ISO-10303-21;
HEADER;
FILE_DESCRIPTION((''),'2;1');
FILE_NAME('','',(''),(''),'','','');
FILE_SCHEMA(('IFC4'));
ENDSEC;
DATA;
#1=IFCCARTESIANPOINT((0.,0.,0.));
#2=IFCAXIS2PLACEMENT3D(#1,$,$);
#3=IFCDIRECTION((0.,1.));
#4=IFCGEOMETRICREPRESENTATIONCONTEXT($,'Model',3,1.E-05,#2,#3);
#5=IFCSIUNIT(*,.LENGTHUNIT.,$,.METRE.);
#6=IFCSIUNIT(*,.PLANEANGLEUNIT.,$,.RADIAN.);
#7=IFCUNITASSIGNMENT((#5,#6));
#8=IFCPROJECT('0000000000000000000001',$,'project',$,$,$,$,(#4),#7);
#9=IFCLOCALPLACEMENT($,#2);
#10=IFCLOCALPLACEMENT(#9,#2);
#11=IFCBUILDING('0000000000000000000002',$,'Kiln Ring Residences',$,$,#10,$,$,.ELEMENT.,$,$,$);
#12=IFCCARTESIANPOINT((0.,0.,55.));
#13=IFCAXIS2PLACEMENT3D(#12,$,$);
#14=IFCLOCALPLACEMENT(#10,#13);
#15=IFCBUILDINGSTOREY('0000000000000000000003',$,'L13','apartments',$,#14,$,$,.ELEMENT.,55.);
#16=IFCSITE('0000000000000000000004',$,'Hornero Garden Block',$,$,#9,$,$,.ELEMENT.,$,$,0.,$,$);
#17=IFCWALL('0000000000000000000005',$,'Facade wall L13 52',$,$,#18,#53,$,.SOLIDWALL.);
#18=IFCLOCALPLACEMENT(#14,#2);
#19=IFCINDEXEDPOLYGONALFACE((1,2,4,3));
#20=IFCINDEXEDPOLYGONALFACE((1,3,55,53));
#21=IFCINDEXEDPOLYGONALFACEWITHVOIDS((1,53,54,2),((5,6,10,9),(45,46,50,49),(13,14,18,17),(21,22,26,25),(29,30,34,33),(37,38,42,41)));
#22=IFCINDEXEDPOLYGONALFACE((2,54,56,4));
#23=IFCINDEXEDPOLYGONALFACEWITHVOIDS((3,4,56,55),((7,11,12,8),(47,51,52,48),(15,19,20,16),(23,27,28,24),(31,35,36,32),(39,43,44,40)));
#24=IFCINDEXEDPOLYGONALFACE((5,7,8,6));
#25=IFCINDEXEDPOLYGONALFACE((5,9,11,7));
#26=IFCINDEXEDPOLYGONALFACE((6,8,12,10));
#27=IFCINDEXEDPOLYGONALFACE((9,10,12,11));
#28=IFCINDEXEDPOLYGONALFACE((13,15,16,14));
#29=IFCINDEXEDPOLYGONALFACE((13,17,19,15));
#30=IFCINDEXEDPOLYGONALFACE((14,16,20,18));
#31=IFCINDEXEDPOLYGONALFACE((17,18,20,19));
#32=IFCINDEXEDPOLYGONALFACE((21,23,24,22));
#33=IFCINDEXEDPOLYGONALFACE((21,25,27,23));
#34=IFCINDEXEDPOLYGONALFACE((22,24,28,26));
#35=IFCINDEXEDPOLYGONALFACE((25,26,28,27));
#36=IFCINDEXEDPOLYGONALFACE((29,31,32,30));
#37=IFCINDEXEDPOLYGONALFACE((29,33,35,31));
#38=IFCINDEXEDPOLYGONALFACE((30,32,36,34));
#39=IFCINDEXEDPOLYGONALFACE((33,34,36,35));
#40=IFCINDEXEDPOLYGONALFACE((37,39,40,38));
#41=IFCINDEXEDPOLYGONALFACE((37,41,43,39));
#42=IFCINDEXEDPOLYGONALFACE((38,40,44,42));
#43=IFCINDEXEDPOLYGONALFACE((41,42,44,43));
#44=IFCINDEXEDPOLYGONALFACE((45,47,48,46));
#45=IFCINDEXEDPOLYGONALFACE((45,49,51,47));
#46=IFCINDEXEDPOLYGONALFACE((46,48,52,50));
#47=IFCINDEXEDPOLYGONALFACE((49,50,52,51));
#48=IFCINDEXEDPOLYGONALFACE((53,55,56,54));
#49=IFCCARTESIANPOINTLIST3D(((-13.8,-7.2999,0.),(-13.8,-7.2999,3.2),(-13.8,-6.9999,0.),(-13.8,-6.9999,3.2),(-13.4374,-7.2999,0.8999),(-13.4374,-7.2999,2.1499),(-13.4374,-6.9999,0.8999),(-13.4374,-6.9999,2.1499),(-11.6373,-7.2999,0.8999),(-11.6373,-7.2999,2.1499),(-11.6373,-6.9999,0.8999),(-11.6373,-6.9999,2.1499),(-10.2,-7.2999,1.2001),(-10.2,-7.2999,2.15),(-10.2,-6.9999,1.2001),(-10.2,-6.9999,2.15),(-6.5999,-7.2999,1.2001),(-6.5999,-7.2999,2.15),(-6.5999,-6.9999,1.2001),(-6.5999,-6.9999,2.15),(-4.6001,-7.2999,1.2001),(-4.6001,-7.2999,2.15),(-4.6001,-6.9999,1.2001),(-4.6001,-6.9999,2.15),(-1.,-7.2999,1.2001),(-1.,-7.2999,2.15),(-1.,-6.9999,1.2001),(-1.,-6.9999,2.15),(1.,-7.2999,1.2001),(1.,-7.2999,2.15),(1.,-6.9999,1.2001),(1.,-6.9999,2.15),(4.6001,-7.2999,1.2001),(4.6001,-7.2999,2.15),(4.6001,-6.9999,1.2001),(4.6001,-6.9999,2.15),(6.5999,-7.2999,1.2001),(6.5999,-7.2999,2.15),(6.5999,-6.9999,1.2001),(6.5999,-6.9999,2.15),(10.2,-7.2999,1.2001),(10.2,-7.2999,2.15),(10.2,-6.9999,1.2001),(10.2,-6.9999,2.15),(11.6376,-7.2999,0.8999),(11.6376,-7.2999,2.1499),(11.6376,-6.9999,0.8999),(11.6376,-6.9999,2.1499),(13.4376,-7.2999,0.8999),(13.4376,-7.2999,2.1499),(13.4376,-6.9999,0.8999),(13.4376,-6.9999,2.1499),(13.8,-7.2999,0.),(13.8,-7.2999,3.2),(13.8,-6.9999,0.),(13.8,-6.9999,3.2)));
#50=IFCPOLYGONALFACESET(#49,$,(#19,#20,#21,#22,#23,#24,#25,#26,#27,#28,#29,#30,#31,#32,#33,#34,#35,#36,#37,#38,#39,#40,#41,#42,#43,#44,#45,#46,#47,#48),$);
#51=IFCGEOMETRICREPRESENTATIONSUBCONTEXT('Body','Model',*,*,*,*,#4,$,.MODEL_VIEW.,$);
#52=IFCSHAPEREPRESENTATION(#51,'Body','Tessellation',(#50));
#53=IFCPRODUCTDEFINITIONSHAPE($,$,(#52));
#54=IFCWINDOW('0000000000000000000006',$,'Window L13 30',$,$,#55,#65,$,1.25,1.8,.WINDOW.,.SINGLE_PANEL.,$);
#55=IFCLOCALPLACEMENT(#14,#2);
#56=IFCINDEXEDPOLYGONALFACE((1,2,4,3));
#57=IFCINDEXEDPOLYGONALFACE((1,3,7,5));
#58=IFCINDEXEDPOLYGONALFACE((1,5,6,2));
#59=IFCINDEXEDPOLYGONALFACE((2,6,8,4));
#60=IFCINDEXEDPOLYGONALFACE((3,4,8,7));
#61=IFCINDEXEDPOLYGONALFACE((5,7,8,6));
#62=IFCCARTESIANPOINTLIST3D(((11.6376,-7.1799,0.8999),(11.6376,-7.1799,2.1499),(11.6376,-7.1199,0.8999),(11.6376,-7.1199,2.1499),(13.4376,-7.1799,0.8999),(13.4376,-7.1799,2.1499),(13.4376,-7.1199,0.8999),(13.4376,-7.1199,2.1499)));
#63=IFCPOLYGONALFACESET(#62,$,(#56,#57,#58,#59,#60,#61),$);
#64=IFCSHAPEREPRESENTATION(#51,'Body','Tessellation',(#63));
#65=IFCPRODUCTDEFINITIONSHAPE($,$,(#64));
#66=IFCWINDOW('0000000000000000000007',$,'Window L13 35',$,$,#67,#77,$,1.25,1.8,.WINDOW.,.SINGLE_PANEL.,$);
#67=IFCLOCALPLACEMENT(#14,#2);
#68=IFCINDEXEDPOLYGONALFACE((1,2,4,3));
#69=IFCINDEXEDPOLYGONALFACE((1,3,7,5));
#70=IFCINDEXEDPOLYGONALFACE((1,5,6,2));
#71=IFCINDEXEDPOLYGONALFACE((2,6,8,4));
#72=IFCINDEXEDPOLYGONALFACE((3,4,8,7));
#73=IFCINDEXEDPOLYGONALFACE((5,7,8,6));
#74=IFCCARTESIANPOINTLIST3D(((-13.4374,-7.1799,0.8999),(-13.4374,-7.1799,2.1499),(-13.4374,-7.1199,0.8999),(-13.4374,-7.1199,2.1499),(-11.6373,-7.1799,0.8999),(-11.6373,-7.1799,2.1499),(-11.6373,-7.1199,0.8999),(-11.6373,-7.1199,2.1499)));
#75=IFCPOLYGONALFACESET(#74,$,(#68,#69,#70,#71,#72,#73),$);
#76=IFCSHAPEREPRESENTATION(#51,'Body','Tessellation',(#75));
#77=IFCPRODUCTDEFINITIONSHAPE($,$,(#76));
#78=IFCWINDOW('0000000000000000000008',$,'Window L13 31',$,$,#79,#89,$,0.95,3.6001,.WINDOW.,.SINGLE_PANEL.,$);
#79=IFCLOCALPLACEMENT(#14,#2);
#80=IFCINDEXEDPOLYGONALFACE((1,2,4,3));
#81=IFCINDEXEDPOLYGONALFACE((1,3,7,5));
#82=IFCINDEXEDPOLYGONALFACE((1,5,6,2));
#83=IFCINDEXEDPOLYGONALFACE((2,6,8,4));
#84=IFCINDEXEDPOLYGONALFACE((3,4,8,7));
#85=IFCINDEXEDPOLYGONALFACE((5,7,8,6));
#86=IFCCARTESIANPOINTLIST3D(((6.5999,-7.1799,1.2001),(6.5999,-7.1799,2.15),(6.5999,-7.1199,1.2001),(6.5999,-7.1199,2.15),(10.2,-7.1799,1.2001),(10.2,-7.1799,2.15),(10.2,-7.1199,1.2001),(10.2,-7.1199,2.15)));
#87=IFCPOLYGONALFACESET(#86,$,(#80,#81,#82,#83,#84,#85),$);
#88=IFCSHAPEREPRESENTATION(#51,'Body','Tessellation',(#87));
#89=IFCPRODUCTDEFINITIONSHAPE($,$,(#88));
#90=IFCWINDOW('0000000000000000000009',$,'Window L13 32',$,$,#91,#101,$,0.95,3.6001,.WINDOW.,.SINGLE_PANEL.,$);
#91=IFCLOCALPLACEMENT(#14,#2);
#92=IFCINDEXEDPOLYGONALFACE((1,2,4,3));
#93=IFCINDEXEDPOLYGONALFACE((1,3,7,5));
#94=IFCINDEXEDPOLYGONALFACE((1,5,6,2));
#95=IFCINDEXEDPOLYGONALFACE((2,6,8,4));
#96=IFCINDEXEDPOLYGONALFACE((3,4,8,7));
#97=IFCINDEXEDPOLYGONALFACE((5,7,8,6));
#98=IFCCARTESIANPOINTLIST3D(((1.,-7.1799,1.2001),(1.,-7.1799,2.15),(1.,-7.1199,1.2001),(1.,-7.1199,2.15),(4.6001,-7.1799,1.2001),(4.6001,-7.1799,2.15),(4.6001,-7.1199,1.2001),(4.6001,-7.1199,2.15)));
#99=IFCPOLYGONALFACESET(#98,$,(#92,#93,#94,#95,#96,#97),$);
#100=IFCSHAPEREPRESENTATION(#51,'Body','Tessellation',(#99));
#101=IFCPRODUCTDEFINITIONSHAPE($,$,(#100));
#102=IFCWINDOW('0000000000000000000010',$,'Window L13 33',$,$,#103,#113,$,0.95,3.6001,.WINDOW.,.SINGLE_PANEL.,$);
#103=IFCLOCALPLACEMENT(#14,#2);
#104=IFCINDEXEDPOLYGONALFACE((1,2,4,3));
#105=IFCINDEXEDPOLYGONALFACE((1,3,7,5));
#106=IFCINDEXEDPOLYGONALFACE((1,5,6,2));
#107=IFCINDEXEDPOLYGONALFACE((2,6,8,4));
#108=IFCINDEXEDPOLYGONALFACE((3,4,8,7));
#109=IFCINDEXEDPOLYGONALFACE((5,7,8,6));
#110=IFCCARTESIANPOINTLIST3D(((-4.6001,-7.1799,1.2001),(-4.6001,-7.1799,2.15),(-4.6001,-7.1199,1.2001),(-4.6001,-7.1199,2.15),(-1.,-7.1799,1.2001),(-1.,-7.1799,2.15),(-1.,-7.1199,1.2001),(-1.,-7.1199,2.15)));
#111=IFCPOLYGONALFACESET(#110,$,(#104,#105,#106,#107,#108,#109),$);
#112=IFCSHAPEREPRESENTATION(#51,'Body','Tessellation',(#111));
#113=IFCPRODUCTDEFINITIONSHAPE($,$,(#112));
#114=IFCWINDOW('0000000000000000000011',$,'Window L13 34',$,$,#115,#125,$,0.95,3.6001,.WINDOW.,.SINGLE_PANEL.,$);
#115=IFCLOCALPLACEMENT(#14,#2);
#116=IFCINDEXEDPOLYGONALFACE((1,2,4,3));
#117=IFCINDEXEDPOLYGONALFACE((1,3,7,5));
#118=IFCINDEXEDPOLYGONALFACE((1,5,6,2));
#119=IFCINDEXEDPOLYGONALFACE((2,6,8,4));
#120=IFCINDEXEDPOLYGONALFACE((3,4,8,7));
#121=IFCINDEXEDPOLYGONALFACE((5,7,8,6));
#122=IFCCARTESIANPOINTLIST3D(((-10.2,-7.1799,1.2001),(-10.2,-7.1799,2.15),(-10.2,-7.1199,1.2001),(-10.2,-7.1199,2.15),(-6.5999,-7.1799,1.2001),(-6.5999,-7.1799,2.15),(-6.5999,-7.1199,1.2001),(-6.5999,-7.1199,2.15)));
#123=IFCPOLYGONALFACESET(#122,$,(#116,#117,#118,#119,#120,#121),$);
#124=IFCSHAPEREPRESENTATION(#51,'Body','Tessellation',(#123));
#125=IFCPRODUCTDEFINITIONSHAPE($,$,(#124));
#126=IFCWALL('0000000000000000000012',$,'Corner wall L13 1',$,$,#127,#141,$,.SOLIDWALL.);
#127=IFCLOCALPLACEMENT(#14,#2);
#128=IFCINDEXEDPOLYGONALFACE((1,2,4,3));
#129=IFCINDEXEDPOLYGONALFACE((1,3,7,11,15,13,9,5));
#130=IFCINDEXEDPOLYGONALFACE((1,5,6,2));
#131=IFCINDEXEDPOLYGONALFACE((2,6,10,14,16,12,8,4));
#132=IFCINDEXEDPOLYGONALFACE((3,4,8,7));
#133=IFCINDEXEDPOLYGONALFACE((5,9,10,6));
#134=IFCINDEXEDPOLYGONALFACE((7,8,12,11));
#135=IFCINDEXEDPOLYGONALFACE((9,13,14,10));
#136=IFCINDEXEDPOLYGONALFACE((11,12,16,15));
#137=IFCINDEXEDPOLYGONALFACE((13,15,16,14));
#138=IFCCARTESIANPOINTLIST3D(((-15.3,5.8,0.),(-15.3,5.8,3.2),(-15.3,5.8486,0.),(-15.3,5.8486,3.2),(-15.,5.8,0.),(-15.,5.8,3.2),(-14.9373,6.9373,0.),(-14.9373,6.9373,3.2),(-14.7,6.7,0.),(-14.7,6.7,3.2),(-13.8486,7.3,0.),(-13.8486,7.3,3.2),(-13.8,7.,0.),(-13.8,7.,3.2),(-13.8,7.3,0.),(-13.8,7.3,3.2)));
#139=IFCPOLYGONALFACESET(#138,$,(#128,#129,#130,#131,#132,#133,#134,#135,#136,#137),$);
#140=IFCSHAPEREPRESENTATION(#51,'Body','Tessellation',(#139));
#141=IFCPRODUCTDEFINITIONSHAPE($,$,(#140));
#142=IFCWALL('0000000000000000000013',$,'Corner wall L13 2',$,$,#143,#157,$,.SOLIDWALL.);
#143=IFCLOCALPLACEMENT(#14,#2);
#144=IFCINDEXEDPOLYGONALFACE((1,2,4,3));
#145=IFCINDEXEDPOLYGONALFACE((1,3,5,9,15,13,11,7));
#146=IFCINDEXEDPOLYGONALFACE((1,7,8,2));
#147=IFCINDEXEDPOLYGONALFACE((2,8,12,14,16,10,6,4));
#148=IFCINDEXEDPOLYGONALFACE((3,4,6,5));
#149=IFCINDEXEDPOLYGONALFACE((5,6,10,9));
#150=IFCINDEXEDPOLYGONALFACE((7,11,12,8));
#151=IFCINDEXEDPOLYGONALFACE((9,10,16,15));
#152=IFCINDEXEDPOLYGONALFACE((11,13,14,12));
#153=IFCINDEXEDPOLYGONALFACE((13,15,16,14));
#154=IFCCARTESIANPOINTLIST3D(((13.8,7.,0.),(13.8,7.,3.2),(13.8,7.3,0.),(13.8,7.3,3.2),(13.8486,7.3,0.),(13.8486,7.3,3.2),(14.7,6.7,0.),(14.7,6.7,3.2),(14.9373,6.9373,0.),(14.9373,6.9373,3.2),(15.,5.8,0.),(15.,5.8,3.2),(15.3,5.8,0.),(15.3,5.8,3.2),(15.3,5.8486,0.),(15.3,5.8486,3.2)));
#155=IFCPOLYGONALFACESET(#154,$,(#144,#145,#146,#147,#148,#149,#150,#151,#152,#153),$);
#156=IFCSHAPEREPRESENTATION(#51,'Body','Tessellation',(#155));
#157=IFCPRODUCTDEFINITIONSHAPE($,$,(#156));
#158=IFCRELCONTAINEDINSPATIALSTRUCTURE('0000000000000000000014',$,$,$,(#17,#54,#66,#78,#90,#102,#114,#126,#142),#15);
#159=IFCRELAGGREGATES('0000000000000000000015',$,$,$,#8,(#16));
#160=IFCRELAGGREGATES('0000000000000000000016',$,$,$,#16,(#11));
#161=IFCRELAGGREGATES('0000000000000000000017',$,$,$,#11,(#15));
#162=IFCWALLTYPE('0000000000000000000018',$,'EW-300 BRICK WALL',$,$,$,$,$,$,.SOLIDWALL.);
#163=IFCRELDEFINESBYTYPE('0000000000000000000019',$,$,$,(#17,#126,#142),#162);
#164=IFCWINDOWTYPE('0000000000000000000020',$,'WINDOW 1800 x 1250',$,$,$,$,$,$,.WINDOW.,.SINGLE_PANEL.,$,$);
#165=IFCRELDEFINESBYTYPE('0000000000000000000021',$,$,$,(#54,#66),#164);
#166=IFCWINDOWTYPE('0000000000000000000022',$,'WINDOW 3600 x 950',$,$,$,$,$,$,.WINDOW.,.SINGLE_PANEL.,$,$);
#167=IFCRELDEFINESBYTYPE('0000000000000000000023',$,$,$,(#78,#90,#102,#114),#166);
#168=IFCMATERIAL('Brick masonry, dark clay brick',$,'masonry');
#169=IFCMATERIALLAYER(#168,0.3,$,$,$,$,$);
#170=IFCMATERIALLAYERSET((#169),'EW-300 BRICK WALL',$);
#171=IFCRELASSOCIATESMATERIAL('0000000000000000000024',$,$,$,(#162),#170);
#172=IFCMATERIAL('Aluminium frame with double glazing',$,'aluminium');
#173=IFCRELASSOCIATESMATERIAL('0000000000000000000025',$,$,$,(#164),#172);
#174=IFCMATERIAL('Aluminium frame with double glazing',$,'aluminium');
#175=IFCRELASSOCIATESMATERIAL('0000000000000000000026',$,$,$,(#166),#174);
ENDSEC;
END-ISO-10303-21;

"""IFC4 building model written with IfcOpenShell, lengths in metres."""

from ifc_helpers import new_model, si_unit, direction, frame, frame_2d, origin, place, context, subcontext, project, spatial, polyline, rectangle, outline, extrude, material, layer, layer_set, type_object, element, fill, save


model = new_model("IFC4")

# Units and contexts
model_context = context("Model", 3, precision=1e-05, world=origin(), true_north=direction((0.0, 1.0)))
body_context = subcontext(model_context, "Body", "Model", "MODEL_VIEW")
ifc_project = project(units=[si_unit("LENGTHUNIT", "METRE"), si_unit("PLANEANGLEUNIT", "RADIAN")], contexts=[model_context])

# Site, building, storey
site_placement = place(None, origin())
site = spatial("IfcSite", under=ifc_project, at=site_placement, Name="Hornero Garden Block", CompositionType="ELEMENT", RefElevation=0.0)
building_placement = place(site_placement, origin())
building = spatial("IfcBuilding", under=site, at=building_placement, Name="Kiln Ring Residences", CompositionType="ELEMENT")
storey_placement = place(building_placement, frame((0.0, 0.0, 55.0)))
storey = spatial("IfcBuildingStorey", under=building, at=storey_placement, Name="L13", Description="apartments", CompositionType="ELEMENT", Elevation=55.0)

# Wall, openings, windows
ifc_material_1 = material(Name="Brick masonry, dark clay brick", Category="masonry")
ifc_layer_1 = layer(ifc_material_1, 0.3)
ifc_layer_set_1 = layer_set([ifc_layer_1], Name="EW-300 BRICK WALL")
wall_type_1 = type_object("IfcWallType", Name="EW-300 BRICK WALL", PredefinedType="SOLIDWALL", material=ifc_layer_set_1)
wall_1_placement = place(storey_placement, frame((13.8, -7.1499, 0.0), z_axis=(0.0, 0.0, 1.0), x_axis=(-1.0, 0.0, 0.0)))
wall_1 = element("IfcWall", 1, at=wall_1_placement, inside=storey, type_object=wall_type_1, Name="Facade wall L13 52", PredefinedType="SOLIDWALL", context=body_context, shape_type="SweptSolid", body=[
    extrude(rectangle(XDim=27.6001, YDim=0.3, at=frame_2d((13.8, 0.0))), origin(), (0.0, 0.0, 1.0), 3.2),
])
opening_1_placement = place(wall_1_placement, frame((0.3625, 0.0, 0.8999)))
opening_1 = element("IfcOpeningElement", 2, at=opening_1_placement, cuts=wall_1, PredefinedType="OPENING", context=body_context, shape_type="SweptSolid", body=[
    extrude(rectangle(XDim=1.8, YDim=1.25, at=frame_2d((0.8999, 0.625))), frame((0.0, 0.1599, 0.0), z_axis=(0.0, -1.0, 0.0), x_axis=(1.0, 0.0, 0.0)), (0.0, 0.0, 1.0), 0.3201),
])
opening_2_placement = place(wall_1_placement, frame((3.6001, 0.0, 1.2)))
opening_2 = element("IfcOpeningElement", 3, at=opening_2_placement, cuts=wall_1, PredefinedType="OPENING", context=body_context, shape_type="SweptSolid", body=[
    extrude(rectangle(XDim=3.6001, YDim=0.95, at=frame_2d((1.8, 0.4751))), frame((0.0, 0.1599, 0.0), z_axis=(0.0, -1.0, 0.0), x_axis=(1.0, 0.0, 0.0)), (0.0, 0.0, 1.0), 0.3201),
])
opening_3_placement = place(wall_1_placement, frame((9.2, 0.0, 1.2)))
opening_3 = element("IfcOpeningElement", 4, at=opening_3_placement, cuts=wall_1, PredefinedType="OPENING", context=body_context, shape_type="SweptSolid", body=[
    extrude(rectangle(XDim=3.6001, YDim=0.95, at=frame_2d((1.8, 0.4751))), frame((0.0, 0.1599, 0.0), z_axis=(0.0, -1.0, 0.0), x_axis=(1.0, 0.0, 0.0)), (0.0, 0.0, 1.0), 0.3201),
])
opening_4_placement = place(wall_1_placement, frame((14.8, 0.0, 1.2)))
opening_4 = element("IfcOpeningElement", 5, at=opening_4_placement, cuts=wall_1, PredefinedType="OPENING", context=body_context, shape_type="SweptSolid", body=[
    extrude(rectangle(XDim=3.6001, YDim=0.95, at=frame_2d((1.8, 0.4751))), frame((0.0, 0.1599, 0.0), z_axis=(0.0, -1.0, 0.0), x_axis=(1.0, 0.0, 0.0)), (0.0, 0.0, 1.0), 0.3201),
])
opening_5_placement = place(wall_1_placement, frame((20.3999, 0.0, 1.2)))
opening_5 = element("IfcOpeningElement", 6, at=opening_5_placement, cuts=wall_1, PredefinedType="OPENING", context=body_context, shape_type="SweptSolid", body=[
    extrude(rectangle(XDim=3.6001, YDim=0.95, at=frame_2d((1.8, 0.4751))), frame((0.0, 0.1599, 0.0), z_axis=(0.0, -1.0, 0.0), x_axis=(1.0, 0.0, 0.0)), (0.0, 0.0, 1.0), 0.3201),
])
opening_6_placement = place(wall_1_placement, frame((25.4375, 0.0, 0.8999)))
opening_6 = element("IfcOpeningElement", 7, at=opening_6_placement, cuts=wall_1, PredefinedType="OPENING", context=body_context, shape_type="SweptSolid", body=[
    extrude(rectangle(XDim=1.8, YDim=1.25, at=frame_2d((0.8999, 0.625))), frame((0.0, 0.1599, 0.0), z_axis=(0.0, -1.0, 0.0), x_axis=(1.0, 0.0, 0.0)), (0.0, 0.0, 1.0), 0.3201),
])
ifc_material_2 = material(Name="Aluminium frame with double glazing", Category="aluminium")
window_type_1 = type_object("IfcWindowType", Name="WINDOW 1800 x 1250", PartitioningType="SINGLE_PANEL", PredefinedType="WINDOW", material=ifc_material_2)
window_1_placement = place(opening_1_placement, origin())
window_1 = element("IfcWindow", 8, at=window_1_placement, inside=storey, type_object=window_type_1, Name="Window L13 30", OverallHeight=1.25, OverallWidth=1.8, PartitioningType="SINGLE_PANEL", PredefinedType="WINDOW", context=body_context, shape_type="SweptSolid", body=[
    extrude(rectangle(XDim=1.8, YDim=1.25, at=frame_2d((0.8999, 0.625))), frame((0.0, 0.03, 0.0), z_axis=(0.0, -1.0, 0.0), x_axis=(1.0, 0.0, 0.0)), (0.0, 0.0, 1.0), 0.0601),
])
fill(opening_1, window_1)
window_2_placement = place(opening_6_placement, origin())
window_2 = element("IfcWindow", 9, at=window_2_placement, inside=storey, type_object=window_type_1, Name="Window L13 35", OverallHeight=1.25, OverallWidth=1.8, PartitioningType="SINGLE_PANEL", PredefinedType="WINDOW", context=body_context, shape_type="SweptSolid", body=[
    extrude(rectangle(XDim=1.8, YDim=1.25, at=frame_2d((0.8999, 0.625))), frame((0.0, 0.03, 0.0), z_axis=(0.0, -1.0, 0.0), x_axis=(1.0, 0.0, 0.0)), (0.0, 0.0, 1.0), 0.0601),
])
fill(opening_6, window_2)
ifc_material_3 = material(Name="Aluminium frame with double glazing", Category="aluminium")
window_type_2 = type_object("IfcWindowType", Name="WINDOW 3600 x 950", PartitioningType="SINGLE_PANEL", PredefinedType="WINDOW", material=ifc_material_3)
window_3_placement = place(opening_2_placement, origin())
window_3 = element("IfcWindow", 10, at=window_3_placement, inside=storey, type_object=window_type_2, Name="Window L13 31", OverallHeight=0.95, OverallWidth=3.6001, PartitioningType="SINGLE_PANEL", PredefinedType="WINDOW", context=body_context, shape_type="SweptSolid", body=[
    extrude(rectangle(XDim=3.6001, YDim=0.95, at=frame_2d((1.8, 0.4751))), frame((0.0, 0.03, 0.0), z_axis=(0.0, -1.0, 0.0), x_axis=(1.0, 0.0, 0.0)), (0.0, 0.0, 1.0), 0.0601),
])
fill(opening_2, window_3)
window_4_placement = place(opening_3_placement, origin())
window_4 = element("IfcWindow", 11, at=window_4_placement, inside=storey, type_object=window_type_2, Name="Window L13 32", OverallHeight=0.95, OverallWidth=3.6001, PartitioningType="SINGLE_PANEL", PredefinedType="WINDOW", context=body_context, shape_type="SweptSolid", body=[
    extrude(rectangle(XDim=3.6001, YDim=0.95, at=frame_2d((1.8, 0.4751))), frame((0.0, 0.03, 0.0), z_axis=(0.0, -1.0, 0.0), x_axis=(1.0, 0.0, 0.0)), (0.0, 0.0, 1.0), 0.0601),
])
fill(opening_3, window_4)
window_5_placement = place(opening_4_placement, origin())
window_5 = element("IfcWindow", 12, at=window_5_placement, inside=storey, type_object=window_type_2, Name="Window L13 33", OverallHeight=0.95, OverallWidth=3.6001, PartitioningType="SINGLE_PANEL", PredefinedType="WINDOW", context=body_context, shape_type="SweptSolid", body=[
    extrude(rectangle(XDim=3.6001, YDim=0.95, at=frame_2d((1.8, 0.4751))), frame((0.0, 0.03, 0.0), z_axis=(0.0, -1.0, 0.0), x_axis=(1.0, 0.0, 0.0)), (0.0, 0.0, 1.0), 0.0601),
])
fill(opening_4, window_5)
window_6_placement = place(opening_5_placement, origin())
window_6 = element("IfcWindow", 13, at=window_6_placement, inside=storey, type_object=window_type_2, Name="Window L13 34", OverallHeight=0.95, OverallWidth=3.6001, PartitioningType="SINGLE_PANEL", PredefinedType="WINDOW", context=body_context, shape_type="SweptSolid", body=[
    extrude(rectangle(XDim=3.6001, YDim=0.95, at=frame_2d((1.8, 0.4751))), frame((0.0, 0.03, 0.0), z_axis=(0.0, -1.0, 0.0), x_axis=(1.0, 0.0, 0.0)), (0.0, 0.0, 1.0), 0.0601),
])
fill(opening_5, window_6)

# Walls
placement = place(storey_placement, origin())
element("IfcWall", 14, at=placement, inside=storey, type_object=wall_type_1, Name="Corner wall L13 1", PredefinedType="SOLIDWALL", context=body_context, shape_type="SweptSolid", body=[
    extrude(outline(polyline([(-13.8486, 7.3), (-14.9373, 6.9373), (-15.3, 5.8486), (-15.3, 5.8), (-15.0, 5.8), (-14.7, 6.7), (-13.8, 7.0), (-13.8, 7.3), (-13.8486, 7.3)])), origin(), (0.0, 0.0, 1.0), 3.2),
])
element("IfcWall", 15, at=placement, inside=storey, type_object=wall_type_1, Name="Corner wall L13 2", PredefinedType="SOLIDWALL", context=body_context, shape_type="SweptSolid", body=[
    extrude(outline(polyline([(14.9373, 6.9373), (13.8486, 7.3), (13.8, 7.3), (13.8, 7.0), (14.7, 6.7), (15.0, 5.8), (15.3, 5.8), (15.3, 5.8486), (14.9373, 6.9373)])), origin(), (0.0, 0.0, 1.0), 3.2),
])

save(model, "model.ifc")
